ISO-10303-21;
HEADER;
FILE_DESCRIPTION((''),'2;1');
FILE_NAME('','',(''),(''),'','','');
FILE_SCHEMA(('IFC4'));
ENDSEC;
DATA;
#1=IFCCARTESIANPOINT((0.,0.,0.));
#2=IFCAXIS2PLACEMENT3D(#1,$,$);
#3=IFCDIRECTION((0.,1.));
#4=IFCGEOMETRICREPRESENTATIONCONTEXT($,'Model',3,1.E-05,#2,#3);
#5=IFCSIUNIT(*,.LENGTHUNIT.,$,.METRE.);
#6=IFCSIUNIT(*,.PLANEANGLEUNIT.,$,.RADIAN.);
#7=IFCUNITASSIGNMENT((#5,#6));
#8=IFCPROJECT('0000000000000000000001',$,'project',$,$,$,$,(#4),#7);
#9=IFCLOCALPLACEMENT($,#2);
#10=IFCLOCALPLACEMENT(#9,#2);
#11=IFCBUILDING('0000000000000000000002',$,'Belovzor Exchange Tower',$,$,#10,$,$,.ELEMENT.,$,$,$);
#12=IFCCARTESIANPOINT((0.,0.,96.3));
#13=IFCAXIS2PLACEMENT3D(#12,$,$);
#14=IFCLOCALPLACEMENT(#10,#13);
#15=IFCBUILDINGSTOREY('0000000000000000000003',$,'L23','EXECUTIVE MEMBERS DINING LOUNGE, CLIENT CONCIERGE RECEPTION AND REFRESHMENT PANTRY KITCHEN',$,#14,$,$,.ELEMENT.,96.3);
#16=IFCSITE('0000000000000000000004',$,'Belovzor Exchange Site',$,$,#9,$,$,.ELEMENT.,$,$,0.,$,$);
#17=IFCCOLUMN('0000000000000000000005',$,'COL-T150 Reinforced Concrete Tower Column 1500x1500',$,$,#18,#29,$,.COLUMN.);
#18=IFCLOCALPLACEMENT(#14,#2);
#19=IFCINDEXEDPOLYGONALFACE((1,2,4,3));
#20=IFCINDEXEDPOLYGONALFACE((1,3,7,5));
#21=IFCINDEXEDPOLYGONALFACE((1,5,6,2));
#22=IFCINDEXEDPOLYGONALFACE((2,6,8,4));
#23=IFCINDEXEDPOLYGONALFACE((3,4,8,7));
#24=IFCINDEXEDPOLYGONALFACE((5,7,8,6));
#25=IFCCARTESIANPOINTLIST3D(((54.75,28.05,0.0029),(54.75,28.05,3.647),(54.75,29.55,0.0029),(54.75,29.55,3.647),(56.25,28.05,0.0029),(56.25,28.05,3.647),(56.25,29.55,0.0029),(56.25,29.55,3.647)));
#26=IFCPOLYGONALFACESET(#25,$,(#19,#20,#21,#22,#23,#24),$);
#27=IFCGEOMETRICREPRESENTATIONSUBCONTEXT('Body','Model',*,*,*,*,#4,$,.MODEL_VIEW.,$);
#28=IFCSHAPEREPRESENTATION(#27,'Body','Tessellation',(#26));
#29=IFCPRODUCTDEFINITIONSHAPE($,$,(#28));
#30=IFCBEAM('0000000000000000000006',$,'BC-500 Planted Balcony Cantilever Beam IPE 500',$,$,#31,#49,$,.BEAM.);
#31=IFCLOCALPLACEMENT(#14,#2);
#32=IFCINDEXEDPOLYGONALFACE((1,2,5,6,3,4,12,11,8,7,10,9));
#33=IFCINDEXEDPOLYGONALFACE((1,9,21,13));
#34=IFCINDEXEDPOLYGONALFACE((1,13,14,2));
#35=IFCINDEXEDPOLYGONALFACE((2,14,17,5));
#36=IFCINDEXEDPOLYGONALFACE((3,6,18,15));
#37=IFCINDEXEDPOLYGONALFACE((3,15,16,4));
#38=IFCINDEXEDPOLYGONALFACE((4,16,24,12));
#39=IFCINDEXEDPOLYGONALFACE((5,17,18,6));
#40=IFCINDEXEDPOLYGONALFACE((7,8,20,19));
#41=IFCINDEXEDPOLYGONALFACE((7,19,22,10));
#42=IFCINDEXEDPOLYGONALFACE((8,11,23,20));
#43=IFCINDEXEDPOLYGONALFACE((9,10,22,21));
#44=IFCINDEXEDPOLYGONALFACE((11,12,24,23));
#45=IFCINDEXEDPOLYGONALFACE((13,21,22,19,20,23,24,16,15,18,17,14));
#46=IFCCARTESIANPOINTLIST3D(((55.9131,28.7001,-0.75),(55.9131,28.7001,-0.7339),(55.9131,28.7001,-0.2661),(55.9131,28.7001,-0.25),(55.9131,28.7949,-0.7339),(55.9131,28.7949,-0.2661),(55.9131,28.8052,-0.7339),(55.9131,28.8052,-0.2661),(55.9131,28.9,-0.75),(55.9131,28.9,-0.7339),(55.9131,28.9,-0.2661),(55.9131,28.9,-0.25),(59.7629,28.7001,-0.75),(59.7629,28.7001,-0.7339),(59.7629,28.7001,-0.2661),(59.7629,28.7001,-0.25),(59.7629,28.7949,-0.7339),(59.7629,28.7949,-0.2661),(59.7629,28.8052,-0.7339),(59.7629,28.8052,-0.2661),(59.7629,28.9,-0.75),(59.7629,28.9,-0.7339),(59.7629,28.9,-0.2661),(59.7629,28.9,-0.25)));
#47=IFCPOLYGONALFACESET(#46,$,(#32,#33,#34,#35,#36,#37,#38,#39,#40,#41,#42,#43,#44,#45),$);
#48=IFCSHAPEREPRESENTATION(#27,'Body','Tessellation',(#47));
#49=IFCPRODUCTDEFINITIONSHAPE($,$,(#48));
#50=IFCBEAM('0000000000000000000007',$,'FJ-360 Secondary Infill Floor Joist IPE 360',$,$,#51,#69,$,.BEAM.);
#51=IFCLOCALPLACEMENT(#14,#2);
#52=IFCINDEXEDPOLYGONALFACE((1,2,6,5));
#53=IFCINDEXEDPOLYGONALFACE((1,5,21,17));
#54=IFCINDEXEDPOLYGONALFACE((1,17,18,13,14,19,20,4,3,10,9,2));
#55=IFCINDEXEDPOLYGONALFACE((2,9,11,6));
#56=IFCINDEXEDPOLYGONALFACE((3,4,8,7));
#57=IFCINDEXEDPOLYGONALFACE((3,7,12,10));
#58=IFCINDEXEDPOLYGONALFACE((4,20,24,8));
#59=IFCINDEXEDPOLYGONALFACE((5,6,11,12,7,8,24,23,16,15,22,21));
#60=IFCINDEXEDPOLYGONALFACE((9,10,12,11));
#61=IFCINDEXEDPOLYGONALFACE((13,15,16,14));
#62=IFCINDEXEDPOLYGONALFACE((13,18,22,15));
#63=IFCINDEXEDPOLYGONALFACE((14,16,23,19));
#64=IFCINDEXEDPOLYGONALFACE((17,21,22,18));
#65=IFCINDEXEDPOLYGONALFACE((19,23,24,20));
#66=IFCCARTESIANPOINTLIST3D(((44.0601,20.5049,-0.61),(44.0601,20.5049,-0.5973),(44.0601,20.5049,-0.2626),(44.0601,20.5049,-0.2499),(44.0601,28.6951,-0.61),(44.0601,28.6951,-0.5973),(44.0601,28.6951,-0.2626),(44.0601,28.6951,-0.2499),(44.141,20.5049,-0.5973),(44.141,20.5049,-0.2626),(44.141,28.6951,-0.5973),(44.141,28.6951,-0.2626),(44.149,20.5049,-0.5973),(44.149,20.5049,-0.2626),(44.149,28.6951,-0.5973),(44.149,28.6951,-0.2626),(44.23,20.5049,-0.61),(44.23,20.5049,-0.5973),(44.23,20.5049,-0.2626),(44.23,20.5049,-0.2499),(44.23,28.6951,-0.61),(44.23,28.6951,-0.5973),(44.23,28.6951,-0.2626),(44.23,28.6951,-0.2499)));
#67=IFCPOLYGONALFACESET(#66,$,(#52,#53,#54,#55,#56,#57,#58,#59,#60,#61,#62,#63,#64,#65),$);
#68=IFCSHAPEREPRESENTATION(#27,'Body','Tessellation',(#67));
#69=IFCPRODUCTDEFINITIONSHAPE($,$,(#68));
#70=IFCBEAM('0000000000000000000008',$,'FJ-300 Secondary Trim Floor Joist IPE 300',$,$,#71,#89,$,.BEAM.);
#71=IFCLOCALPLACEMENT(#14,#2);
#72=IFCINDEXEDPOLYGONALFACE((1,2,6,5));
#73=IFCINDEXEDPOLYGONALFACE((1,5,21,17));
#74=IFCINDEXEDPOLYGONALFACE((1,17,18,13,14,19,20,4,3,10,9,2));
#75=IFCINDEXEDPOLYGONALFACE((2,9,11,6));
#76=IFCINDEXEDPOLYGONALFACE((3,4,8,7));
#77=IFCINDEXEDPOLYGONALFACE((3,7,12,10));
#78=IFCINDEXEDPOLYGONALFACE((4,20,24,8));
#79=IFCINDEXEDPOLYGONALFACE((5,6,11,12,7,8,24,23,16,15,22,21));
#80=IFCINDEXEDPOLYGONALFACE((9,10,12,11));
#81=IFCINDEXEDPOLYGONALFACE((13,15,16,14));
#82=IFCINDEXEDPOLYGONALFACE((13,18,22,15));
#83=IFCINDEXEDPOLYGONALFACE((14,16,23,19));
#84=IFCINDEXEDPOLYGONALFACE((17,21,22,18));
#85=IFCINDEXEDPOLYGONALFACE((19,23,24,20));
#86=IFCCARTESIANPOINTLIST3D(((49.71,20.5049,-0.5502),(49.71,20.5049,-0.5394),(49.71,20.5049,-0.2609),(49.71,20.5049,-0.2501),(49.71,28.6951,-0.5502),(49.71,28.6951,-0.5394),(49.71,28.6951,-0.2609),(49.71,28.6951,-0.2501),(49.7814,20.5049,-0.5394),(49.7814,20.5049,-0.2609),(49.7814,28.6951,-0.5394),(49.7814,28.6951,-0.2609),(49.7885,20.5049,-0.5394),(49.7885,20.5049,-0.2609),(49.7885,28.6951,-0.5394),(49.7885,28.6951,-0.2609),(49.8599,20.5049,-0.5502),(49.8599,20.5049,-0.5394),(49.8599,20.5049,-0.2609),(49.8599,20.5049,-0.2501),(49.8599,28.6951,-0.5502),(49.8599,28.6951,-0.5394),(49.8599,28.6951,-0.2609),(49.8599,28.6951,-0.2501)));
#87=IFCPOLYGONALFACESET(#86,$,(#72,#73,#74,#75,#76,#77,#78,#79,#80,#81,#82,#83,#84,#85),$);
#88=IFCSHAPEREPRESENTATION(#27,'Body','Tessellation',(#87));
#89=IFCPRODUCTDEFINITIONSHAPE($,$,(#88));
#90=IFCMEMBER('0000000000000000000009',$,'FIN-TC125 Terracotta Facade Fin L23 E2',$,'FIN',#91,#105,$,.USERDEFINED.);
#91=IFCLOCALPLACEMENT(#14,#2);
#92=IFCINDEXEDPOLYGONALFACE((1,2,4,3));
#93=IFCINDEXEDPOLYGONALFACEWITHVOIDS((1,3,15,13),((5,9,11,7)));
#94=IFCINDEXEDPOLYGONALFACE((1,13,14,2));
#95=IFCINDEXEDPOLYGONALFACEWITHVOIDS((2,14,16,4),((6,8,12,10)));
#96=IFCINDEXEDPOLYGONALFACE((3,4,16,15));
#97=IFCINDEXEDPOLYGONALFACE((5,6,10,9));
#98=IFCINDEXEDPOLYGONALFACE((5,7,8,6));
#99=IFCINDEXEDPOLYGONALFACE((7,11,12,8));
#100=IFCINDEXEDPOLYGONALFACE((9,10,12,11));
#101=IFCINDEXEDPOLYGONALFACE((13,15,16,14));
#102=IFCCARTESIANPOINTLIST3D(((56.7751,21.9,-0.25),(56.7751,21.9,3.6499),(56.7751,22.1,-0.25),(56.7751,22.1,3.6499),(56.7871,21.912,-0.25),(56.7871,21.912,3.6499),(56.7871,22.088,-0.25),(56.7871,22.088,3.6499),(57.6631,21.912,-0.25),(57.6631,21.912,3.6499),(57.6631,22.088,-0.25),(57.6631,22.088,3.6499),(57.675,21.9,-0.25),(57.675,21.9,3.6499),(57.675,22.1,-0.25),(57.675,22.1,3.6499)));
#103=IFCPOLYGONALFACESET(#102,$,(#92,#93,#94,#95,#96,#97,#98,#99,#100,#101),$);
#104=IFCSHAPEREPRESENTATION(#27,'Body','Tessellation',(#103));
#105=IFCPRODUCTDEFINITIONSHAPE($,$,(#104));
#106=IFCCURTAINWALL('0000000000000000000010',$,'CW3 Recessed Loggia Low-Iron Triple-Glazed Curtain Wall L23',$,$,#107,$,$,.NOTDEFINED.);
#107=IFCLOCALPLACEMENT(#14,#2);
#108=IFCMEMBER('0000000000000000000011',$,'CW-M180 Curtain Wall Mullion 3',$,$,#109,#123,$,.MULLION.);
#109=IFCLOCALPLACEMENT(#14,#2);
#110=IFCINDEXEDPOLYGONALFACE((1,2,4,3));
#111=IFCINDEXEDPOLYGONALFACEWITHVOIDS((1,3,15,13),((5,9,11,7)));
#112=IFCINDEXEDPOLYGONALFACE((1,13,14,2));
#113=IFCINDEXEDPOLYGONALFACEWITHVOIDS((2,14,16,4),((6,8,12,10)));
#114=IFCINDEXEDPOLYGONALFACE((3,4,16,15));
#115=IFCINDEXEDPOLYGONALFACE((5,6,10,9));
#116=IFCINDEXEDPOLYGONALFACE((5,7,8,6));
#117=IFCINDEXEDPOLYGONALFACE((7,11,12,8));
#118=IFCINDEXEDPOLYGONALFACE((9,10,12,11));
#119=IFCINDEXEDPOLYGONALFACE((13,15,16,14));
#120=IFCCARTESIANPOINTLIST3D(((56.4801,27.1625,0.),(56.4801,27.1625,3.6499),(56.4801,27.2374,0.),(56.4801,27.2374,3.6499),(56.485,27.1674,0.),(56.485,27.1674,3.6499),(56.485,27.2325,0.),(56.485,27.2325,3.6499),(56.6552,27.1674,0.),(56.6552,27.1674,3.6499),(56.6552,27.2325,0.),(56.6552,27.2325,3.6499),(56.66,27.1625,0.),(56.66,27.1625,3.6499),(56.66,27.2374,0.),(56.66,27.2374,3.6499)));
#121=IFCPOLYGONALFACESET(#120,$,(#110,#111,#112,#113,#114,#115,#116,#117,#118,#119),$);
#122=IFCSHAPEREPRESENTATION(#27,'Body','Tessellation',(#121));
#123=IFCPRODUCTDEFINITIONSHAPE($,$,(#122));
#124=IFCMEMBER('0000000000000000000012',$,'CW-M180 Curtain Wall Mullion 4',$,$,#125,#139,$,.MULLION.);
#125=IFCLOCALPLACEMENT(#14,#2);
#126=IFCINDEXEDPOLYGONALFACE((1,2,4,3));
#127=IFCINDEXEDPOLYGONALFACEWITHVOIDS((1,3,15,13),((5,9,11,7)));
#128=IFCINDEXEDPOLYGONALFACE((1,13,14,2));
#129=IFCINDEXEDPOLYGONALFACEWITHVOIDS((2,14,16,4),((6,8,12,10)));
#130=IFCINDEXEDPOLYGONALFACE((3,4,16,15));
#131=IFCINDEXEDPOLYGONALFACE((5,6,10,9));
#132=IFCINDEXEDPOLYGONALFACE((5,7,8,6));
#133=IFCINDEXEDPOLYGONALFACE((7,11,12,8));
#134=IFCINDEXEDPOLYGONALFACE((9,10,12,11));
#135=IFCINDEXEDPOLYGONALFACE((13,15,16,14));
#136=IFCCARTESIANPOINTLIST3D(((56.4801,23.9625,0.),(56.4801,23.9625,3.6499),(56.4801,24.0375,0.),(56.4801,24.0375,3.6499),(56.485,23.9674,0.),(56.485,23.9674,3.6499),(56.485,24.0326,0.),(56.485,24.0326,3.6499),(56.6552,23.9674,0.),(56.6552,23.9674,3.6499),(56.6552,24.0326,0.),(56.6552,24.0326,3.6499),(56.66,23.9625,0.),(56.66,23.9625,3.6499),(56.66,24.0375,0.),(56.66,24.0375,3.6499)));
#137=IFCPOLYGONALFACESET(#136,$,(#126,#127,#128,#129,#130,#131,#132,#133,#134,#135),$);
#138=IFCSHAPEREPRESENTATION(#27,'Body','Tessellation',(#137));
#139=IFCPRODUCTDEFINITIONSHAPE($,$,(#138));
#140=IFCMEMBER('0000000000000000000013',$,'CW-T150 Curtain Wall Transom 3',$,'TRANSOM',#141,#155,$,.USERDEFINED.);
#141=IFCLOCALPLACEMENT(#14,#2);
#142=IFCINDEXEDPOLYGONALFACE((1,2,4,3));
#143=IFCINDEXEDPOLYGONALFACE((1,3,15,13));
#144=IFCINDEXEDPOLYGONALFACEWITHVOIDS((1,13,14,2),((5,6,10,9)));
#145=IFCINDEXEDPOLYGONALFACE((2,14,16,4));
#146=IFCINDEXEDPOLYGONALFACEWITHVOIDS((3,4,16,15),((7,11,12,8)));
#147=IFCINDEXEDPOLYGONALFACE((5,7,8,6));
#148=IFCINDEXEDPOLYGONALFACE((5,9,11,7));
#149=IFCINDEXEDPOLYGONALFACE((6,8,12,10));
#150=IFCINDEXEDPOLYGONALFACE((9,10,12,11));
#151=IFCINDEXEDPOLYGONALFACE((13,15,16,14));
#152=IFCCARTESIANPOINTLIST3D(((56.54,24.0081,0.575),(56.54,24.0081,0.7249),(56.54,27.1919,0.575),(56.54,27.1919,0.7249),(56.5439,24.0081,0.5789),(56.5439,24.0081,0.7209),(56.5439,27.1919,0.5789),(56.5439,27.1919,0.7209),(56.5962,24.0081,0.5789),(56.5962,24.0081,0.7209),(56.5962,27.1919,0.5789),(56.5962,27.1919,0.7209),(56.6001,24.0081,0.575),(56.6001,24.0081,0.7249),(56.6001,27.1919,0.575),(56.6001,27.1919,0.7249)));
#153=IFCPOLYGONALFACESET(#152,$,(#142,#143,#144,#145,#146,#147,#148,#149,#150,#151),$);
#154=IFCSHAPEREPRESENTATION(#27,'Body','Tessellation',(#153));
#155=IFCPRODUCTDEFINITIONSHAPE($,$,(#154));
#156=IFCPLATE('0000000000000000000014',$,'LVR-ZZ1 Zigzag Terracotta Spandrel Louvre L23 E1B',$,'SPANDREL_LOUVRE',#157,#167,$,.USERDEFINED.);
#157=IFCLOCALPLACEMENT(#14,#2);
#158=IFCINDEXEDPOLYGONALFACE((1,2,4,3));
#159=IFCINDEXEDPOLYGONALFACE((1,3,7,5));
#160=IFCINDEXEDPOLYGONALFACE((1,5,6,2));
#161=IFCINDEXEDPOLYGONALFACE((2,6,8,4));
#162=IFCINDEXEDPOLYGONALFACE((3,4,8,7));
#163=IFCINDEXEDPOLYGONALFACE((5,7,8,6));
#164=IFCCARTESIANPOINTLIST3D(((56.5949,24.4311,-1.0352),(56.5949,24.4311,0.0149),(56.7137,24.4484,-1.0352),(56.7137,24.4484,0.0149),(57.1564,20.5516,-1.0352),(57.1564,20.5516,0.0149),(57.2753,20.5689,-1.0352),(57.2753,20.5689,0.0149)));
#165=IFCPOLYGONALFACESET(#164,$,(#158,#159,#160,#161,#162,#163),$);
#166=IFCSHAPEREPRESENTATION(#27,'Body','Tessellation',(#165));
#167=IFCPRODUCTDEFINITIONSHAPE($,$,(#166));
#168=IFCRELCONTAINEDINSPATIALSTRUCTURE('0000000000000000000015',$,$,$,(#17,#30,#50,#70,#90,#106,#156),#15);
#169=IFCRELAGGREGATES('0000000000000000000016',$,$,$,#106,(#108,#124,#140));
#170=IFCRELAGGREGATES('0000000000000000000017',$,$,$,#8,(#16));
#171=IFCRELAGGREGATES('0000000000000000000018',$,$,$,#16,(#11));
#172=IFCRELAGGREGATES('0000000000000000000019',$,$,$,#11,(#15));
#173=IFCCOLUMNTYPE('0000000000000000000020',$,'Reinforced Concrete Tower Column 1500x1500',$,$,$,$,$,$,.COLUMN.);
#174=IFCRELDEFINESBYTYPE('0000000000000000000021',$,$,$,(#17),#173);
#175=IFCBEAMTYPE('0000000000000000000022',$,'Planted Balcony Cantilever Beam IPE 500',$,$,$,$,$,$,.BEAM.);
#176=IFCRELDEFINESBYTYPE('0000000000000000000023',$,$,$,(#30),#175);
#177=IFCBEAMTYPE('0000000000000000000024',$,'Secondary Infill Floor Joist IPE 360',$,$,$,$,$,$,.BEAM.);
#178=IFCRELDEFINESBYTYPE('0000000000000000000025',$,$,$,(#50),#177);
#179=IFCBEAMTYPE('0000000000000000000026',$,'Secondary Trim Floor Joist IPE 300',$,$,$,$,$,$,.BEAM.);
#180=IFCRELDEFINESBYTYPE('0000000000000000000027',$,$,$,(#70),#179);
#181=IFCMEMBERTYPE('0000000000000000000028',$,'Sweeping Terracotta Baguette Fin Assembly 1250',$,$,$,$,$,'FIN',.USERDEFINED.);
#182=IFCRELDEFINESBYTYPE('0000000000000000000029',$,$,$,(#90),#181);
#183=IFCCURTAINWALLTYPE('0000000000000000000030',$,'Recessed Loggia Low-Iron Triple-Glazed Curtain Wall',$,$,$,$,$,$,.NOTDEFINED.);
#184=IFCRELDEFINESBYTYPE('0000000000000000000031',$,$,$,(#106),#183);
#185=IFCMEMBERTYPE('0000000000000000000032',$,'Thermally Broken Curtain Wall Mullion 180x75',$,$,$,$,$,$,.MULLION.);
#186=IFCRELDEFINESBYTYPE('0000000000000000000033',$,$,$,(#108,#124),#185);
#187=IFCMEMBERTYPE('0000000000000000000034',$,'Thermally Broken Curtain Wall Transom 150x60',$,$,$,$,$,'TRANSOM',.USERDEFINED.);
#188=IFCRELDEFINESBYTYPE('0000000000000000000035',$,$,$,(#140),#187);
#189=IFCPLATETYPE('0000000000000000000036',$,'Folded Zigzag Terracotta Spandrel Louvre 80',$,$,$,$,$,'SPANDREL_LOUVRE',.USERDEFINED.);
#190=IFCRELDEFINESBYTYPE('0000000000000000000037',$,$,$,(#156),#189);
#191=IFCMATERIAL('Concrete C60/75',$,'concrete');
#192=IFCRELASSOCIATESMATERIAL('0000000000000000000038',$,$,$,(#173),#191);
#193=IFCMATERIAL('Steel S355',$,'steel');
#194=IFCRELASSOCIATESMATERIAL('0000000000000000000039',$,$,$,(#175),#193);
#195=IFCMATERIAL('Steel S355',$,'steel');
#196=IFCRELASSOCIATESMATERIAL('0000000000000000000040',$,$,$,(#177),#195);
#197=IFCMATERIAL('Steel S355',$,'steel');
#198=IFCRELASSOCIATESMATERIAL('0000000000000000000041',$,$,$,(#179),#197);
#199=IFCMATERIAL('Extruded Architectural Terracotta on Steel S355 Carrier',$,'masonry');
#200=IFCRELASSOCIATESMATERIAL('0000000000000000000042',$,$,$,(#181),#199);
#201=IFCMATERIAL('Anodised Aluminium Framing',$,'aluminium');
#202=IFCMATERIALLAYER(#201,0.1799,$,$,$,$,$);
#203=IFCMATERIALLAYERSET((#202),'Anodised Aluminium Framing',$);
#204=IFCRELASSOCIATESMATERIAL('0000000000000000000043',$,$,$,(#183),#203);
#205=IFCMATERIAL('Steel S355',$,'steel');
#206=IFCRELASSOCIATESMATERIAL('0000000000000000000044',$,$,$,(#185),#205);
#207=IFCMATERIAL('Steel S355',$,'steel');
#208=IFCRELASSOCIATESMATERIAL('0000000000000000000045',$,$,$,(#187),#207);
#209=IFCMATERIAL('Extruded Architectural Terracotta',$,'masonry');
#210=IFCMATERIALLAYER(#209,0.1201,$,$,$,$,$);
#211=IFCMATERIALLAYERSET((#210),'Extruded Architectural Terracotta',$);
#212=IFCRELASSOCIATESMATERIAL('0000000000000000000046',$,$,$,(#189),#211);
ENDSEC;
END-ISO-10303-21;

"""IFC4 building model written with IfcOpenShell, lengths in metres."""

from ifc_helpers import new_model, si_unit, direction, frame, origin, origin_2d, place, context, subcontext, project, spatial, rectangle, hollow_rectangle, i_section, extrude, material, layer, layer_set, material_profile, profile_set, type_object, element, aggregate, save


model = new_model("IFC4")

# Units and contexts
model_context = context("Model", 3, precision=1e-05, world=origin(), true_north=direction((0.0, 1.0)))
body_context = subcontext(model_context, "Body", "Model", "MODEL_VIEW")
ifc_project = project(units=[si_unit("LENGTHUNIT", "METRE"), si_unit("PLANEANGLEUNIT", "RADIAN")], contexts=[model_context])

# Site, building, storey
site_placement = place(None, origin())
site = spatial("IfcSite", under=ifc_project, at=site_placement, Name="Belovzor Exchange Site", CompositionType="ELEMENT", RefElevation=0.0)
building_placement = place(site_placement, origin())
building = spatial("IfcBuilding", under=site, at=building_placement, Name="Belovzor Exchange Tower", CompositionType="ELEMENT")
storey_placement = place(building_placement, frame((0.0, 0.0, 96.3)))
storey = spatial("IfcBuildingStorey", under=building, at=storey_placement, Name="L23", Description="EXECUTIVE MEMBERS DINING LOUNGE, CLIENT CONCIERGE RECEPTION AND REFRESHMENT PANTRY KITCHEN", CompositionType="ELEMENT", Elevation=96.3)

# Column
ifc_material_1 = material(Name="Concrete C60/75", Category="concrete")
ifc_material_profile_1 = material_profile(ifc_material_1, rectangle(XDim=1.5, YDim=1.5, at=origin_2d()))
ifc_profile_set_1 = profile_set([ifc_material_profile_1], Name="Concrete C60/75")
column_type = type_object("IfcColumnType", Name="Reinforced Concrete Tower Column 1500x1500", PredefinedType="COLUMN", material=ifc_profile_set_1)
column_placement = place(storey_placement, frame((55.5, 28.8, 0.0029), z_axis=(0.0, 0.0, 1.0), x_axis=(1.0, 0.0, 0.0)))
element("IfcColumn", 1, at=column_placement, inside=storey, type_object=column_type, Name="COL-T150 Reinforced Concrete Tower Column 1500x1500", PredefinedType="COLUMN", context=body_context, shape_type="SweptSolid", body=[
    extrude(rectangle(XDim=1.5, YDim=1.5, at=origin_2d()), origin(), (0.0, 0.0, 1.0), 3.644),
])

# Beams
ifc_material_2 = material(Name="Steel S355", Category="steel")
ifc_material_profile_2 = material_profile(ifc_material_2, i_section(OverallWidth=0.2, OverallDepth=0.5, WebThickness=0.0103, FlangeThickness=0.0161, at=origin_2d()))
ifc_profile_set_2 = profile_set([ifc_material_profile_2], Name="Steel S355")
beam_type_1 = type_object("IfcBeamType", Name="Planted Balcony Cantilever Beam IPE 500", PredefinedType="BEAM", material=ifc_profile_set_2)
beam_1_placement = place(storey_placement, frame((55.9131, 28.8, -0.5), z_axis=(1.0, 0.0, 0.0), x_axis=(0.0, 1.0, 0.0)))
element("IfcBeam", 2, at=beam_1_placement, inside=storey, type_object=beam_type_1, Name="BC-500 Planted Balcony Cantilever Beam IPE 500", PredefinedType="BEAM", context=body_context, shape_type="SweptSolid", body=[
    extrude(i_section(OverallWidth=0.2, OverallDepth=0.5, WebThickness=0.0103, FlangeThickness=0.0161, at=origin_2d()), origin(), (0.0, 0.0, 1.0), 3.8499),
])
ifc_material_3 = material(Name="Steel S355", Category="steel")
ifc_material_profile_3 = material_profile(ifc_material_3, i_section(OverallWidth=0.1699, OverallDepth=0.3601, WebThickness=0.0081, FlangeThickness=0.0127, at=origin_2d()))
ifc_profile_set_3 = profile_set([ifc_material_profile_3], Name="Steel S355")
beam_type_2 = type_object("IfcBeamType", Name="Secondary Infill Floor Joist IPE 360", PredefinedType="BEAM", material=ifc_profile_set_3)
beam_2_placement = place(storey_placement, frame((44.145, 20.5049, -0.4299), z_axis=(0.0, 1.0, 0.0), x_axis=(-1.0, 0.0, 0.0)))
element("IfcBeam", 3, at=beam_2_placement, inside=storey, type_object=beam_type_2, Name="FJ-360 Secondary Infill Floor Joist IPE 360", PredefinedType="BEAM", context=body_context, shape_type="SweptSolid", body=[
    extrude(i_section(OverallWidth=0.1699, OverallDepth=0.3601, WebThickness=0.0081, FlangeThickness=0.0127, at=origin_2d()), origin(), (0.0, 0.0, 1.0), 8.1902),
])
ifc_material_4 = material(Name="Steel S355", Category="steel")
ifc_material_profile_4 = material_profile(ifc_material_4, i_section(OverallWidth=0.1499, OverallDepth=0.3, WebThickness=0.0071, FlangeThickness=0.0107, at=origin_2d()))
ifc_profile_set_4 = profile_set([ifc_material_profile_4], Name="Steel S355")
beam_type_3 = type_object("IfcBeamType", Name="Secondary Trim Floor Joist IPE 300", PredefinedType="BEAM", material=ifc_profile_set_4)
beam_3_placement = place(storey_placement, frame((49.7849, 20.5049, -0.4001), z_axis=(0.0, 1.0, 0.0), x_axis=(-1.0, 0.0, 0.0)))
element("IfcBeam", 4, at=beam_3_placement, inside=storey, type_object=beam_type_3, Name="FJ-300 Secondary Trim Floor Joist IPE 300", PredefinedType="BEAM", context=body_context, shape_type="SweptSolid", body=[
    extrude(i_section(OverallWidth=0.1499, OverallDepth=0.3, WebThickness=0.0071, FlangeThickness=0.0107, at=origin_2d()), origin(), (0.0, 0.0, 1.0), 8.1902),
])

# Member
ifc_material_5 = material(Name="Extruded Architectural Terracotta on Steel S355 Carrier", Category="masonry")
ifc_material_profile_5 = material_profile(ifc_material_5, hollow_rectangle(XDim=0.2, YDim=0.8999, WallThickness=0.012, at=origin_2d()))
ifc_profile_set_5 = profile_set([ifc_material_profile_5], Name="Extruded Architectural Terracotta on Steel S355 Carrier")
member_type_1 = type_object("IfcMemberType", Name="Sweeping Terracotta Baguette Fin Assembly 1250", ElementType="FIN", PredefinedType="USERDEFINED", material=ifc_profile_set_5)
member_1_placement = place(storey_placement, frame((57.2251, 22.0, -0.25), z_axis=(0.0, 0.0, 1.0), x_axis=(0.0, 1.0, 0.0)))
element("IfcMember", 5, at=member_1_placement, inside=storey, type_object=member_type_1, Name="FIN-TC125 Terracotta Facade Fin L23 E2", ObjectType="FIN", PredefinedType="USERDEFINED", context=body_context, shape_type="SweptSolid", body=[
    extrude(hollow_rectangle(XDim=0.2, YDim=0.8999, WallThickness=0.012, at=origin_2d()), origin(), (0.0, 0.0, 1.0), 3.8999),
])

# Curtain wall, members
ifc_material_6 = material(Name="Anodised Aluminium Framing", Category="aluminium")
ifc_layer_1 = layer(ifc_material_6, 0.1799)
ifc_layer_set_1 = layer_set([ifc_layer_1], Name="Anodised Aluminium Framing")
curtain_wall_type = type_object("IfcCurtainWallType", Name="Recessed Loggia Low-Iron Triple-Glazed Curtain Wall", PredefinedType="NOTDEFINED", material=ifc_layer_set_1)
curtain_wall_placement = place(storey_placement, origin())
curtain_wall = element("IfcCurtainWall", 6, at=curtain_wall_placement, inside=storey, type_object=curtain_wall_type, Name="CW3 Recessed Loggia Low-Iron Triple-Glazed Curtain Wall L23", PredefinedType="NOTDEFINED")
ifc_material_7 = material(Name="Steel S355", Category="steel")
ifc_material_profile_6 = material_profile(ifc_material_7, hollow_rectangle(XDim=0.075, YDim=0.1799, WallThickness=0.0049, at=origin_2d()))
ifc_profile_set_6 = profile_set([ifc_material_profile_6], Name="Steel S355")
member_type_2 = type_object("IfcMemberType", Name="Thermally Broken Curtain Wall Mullion 180x75", PredefinedType="MULLION", material=ifc_profile_set_6)
member_2_placement = place(storey_placement, frame((56.5701, 27.2, 0.0), z_axis=(0.0, 0.0, 1.0), x_axis=(0.0, -1.0, 0.0)))
member_2 = element("IfcMember", 7, at=member_2_placement, type_object=member_type_2, Name="CW-M180 Curtain Wall Mullion 3", PredefinedType="MULLION", context=body_context, shape_type="SweptSolid", body=[
    extrude(hollow_rectangle(XDim=0.075, YDim=0.1799, WallThickness=0.0049, at=origin_2d()), origin(), (0.0, 0.0, 1.0), 3.6499),
])
member_3_placement = place(storey_placement, frame((56.5701, 24.0, 0.0), z_axis=(0.0, 0.0, 1.0), x_axis=(0.0, -1.0, 0.0)))
member_3 = element("IfcMember", 8, at=member_3_placement, type_object=member_type_2, Name="CW-M180 Curtain Wall Mullion 4", PredefinedType="MULLION", context=body_context, shape_type="SweptSolid", body=[
    extrude(hollow_rectangle(XDim=0.075, YDim=0.1799, WallThickness=0.0049, at=origin_2d()), origin(), (0.0, 0.0, 1.0), 3.6499),
])
ifc_material_8 = material(Name="Steel S355", Category="steel")
ifc_material_profile_7 = material_profile(ifc_material_8, hollow_rectangle(XDim=0.0601, YDim=0.1499, WallThickness=0.0039, at=origin_2d()))
ifc_profile_set_7 = profile_set([ifc_material_profile_7], Name="Steel S355")
member_type_3 = type_object("IfcMemberType", Name="Thermally Broken Curtain Wall Transom 150x60", ElementType="TRANSOM", PredefinedType="USERDEFINED", material=ifc_profile_set_7)
member_4_placement = place(storey_placement, frame((56.5701, 27.1919, 0.6499), z_axis=(0.0, -1.0, 0.0), x_axis=(1.0, 0.0, 0.0)))
member_4 = element("IfcMember", 9, at=member_4_placement, type_object=member_type_3, Name="CW-T150 Curtain Wall Transom 3", ObjectType="TRANSOM", PredefinedType="USERDEFINED", context=body_context, shape_type="SweptSolid", body=[
    extrude(hollow_rectangle(XDim=0.0601, YDim=0.1499, WallThickness=0.0039, at=origin_2d()), origin(), (0.0, 0.0, 1.0), 3.1838),
])

# Plate
ifc_material_9 = material(Name="Extruded Architectural Terracotta", Category="masonry")
ifc_layer_2 = layer(ifc_material_9, 0.1201)
ifc_layer_set_2 = layer_set([ifc_layer_2], Name="Extruded Architectural Terracotta")
plate_type_1 = type_object("IfcPlateType", Name="Folded Zigzag Terracotta Spandrel Louvre 80", ElementType="SPANDREL_LOUVRE", PredefinedType="USERDEFINED", material=ifc_layer_set_2)
plate_1_placement = place(storey_placement, frame((56.9351, 22.5, -1.0352), z_axis=(0.0, 0.0, 1.0), x_axis=(-0.143251, 0.989686, 0.0)))
element("IfcPlate", 10, at=plate_1_placement, inside=storey, type_object=plate_type_1, Name="LVR-ZZ1 Zigzag Terracotta Spandrel Louvre L23 E1B", ObjectType="SPANDREL_LOUVRE", PredefinedType="USERDEFINED", context=body_context, shape_type="SweptSolid", body=[
    extrude(rectangle(XDim=3.9199, YDim=0.1201, at=origin_2d()), origin(), (0.0, 0.0, 1.0), 1.05),
])
aggregate(curtain_wall, [member_2, member_3, member_4])

save(model, "model.ifc")
